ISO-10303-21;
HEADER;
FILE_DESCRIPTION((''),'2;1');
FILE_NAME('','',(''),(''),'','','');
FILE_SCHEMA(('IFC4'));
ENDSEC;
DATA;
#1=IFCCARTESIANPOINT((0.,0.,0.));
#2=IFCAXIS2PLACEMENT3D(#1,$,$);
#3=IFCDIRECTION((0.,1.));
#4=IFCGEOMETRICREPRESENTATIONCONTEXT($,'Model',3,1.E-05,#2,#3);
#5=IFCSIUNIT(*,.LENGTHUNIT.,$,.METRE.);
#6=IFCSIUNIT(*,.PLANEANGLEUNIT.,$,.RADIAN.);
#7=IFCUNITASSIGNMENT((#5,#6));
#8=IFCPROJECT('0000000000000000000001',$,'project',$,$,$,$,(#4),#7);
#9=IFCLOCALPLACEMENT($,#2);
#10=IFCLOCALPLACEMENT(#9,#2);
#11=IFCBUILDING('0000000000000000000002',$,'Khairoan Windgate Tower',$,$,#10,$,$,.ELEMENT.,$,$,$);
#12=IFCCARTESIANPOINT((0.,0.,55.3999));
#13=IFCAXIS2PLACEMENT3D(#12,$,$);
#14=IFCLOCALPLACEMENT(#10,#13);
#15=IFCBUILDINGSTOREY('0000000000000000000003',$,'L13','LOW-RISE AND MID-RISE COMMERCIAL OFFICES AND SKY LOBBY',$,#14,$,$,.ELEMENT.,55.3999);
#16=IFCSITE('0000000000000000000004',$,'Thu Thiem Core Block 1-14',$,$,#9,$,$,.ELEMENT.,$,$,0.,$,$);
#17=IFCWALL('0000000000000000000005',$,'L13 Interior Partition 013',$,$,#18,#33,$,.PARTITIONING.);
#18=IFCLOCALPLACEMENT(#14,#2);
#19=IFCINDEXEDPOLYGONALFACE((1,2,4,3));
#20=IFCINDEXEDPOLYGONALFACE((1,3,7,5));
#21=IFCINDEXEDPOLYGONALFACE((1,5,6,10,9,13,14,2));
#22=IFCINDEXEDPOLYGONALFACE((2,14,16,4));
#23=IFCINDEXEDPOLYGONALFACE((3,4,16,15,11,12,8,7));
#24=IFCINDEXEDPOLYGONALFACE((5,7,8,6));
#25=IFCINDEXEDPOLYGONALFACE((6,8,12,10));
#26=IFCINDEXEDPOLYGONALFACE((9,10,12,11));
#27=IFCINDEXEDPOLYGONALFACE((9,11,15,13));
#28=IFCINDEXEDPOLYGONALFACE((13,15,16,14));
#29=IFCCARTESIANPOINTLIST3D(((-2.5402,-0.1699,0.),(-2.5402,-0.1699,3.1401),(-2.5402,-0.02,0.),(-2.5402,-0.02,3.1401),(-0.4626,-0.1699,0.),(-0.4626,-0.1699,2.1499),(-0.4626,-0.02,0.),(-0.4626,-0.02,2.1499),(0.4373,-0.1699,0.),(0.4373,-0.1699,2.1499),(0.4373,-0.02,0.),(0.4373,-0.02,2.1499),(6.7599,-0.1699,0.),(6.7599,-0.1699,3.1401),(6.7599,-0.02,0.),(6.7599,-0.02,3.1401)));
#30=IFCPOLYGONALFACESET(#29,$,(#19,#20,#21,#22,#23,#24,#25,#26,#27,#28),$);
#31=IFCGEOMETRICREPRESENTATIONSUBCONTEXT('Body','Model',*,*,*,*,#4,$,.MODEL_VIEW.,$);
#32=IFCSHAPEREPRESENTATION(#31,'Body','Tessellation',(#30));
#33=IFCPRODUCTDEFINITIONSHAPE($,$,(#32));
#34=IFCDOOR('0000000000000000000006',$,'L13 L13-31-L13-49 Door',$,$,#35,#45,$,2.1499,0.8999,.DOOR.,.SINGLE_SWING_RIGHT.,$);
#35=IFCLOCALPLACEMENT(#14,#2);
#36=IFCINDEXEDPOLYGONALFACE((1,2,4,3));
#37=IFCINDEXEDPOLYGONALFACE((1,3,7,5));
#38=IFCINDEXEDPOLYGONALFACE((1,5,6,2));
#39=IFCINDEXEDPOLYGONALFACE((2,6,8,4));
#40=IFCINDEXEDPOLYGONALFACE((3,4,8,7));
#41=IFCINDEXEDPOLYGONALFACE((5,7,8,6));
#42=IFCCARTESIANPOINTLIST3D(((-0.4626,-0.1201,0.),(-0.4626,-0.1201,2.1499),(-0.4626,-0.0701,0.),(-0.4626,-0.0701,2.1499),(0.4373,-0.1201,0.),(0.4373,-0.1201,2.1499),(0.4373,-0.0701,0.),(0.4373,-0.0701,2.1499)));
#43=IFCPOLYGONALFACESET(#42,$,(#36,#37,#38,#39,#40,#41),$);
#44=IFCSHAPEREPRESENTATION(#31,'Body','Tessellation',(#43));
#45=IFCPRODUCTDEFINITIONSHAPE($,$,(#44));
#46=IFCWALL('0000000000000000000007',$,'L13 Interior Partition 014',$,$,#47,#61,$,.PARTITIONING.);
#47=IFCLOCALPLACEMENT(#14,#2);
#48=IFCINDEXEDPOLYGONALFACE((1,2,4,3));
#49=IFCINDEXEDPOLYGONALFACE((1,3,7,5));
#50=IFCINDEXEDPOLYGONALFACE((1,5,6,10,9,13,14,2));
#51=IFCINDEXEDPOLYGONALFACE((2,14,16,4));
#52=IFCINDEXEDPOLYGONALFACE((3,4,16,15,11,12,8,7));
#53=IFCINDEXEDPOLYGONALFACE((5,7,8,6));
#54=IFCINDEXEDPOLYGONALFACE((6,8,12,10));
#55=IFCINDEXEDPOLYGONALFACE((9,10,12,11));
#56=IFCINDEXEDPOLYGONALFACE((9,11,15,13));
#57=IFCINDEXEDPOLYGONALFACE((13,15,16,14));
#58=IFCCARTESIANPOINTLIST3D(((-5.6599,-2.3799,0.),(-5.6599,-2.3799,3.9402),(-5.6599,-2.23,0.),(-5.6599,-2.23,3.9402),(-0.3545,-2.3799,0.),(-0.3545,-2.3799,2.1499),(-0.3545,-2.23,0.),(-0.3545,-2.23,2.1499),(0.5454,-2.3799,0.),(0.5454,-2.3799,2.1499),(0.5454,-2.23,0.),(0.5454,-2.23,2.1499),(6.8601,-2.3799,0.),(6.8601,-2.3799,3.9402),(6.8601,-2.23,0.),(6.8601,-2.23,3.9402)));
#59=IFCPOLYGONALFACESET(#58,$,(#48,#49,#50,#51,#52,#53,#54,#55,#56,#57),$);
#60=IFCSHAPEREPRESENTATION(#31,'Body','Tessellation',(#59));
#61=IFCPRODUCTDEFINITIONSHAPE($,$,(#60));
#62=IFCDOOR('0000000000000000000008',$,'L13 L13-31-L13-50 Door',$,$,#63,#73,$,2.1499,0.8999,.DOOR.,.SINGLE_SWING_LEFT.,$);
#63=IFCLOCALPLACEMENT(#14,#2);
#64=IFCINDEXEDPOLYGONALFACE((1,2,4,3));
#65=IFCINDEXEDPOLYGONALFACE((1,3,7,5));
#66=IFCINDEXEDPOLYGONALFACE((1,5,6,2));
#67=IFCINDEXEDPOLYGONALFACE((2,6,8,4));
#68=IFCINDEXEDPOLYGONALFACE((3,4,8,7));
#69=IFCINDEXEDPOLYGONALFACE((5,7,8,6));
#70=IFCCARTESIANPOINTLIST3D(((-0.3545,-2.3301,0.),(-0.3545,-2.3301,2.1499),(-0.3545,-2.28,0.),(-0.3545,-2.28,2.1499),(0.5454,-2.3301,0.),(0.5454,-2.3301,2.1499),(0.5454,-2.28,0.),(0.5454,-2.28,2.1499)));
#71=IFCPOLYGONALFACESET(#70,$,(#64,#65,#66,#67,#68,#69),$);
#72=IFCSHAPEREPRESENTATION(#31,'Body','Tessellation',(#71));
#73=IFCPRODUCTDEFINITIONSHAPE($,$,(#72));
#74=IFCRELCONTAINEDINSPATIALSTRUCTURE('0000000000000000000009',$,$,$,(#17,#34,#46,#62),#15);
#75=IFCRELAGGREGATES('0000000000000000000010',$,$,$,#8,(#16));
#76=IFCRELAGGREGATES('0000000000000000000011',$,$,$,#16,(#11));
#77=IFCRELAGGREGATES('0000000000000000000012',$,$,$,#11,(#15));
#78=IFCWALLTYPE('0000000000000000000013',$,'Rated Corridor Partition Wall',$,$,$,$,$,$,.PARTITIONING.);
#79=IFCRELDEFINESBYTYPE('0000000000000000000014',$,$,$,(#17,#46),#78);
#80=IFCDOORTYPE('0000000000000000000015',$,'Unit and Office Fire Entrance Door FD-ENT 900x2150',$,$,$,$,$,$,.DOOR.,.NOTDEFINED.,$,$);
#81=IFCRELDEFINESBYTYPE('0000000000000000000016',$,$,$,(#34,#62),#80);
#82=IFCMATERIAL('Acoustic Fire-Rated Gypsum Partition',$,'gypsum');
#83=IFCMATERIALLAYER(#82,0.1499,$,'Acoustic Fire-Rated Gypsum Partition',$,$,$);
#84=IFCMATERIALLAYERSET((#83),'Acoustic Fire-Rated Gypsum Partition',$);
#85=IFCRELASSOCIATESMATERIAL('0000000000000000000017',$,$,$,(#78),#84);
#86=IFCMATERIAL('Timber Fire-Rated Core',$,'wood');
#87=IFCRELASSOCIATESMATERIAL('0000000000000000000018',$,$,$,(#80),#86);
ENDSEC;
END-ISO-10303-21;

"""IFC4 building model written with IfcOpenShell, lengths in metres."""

from ifc_helpers import new_model, si_unit, direction, frame, frame_2d, origin, place, context, subcontext, project, spatial, rectangle, extrude, material, layer, layer_set, type_object, element, fill, save


model = new_model("IFC4")

# Units and contexts
model_context = context("Model", 3, precision=1e-05, world=origin(), true_north=direction((0.0, 1.0)))
body_context = subcontext(model_context, "Body", "Model", "MODEL_VIEW")
ifc_project = project(units=[si_unit("LENGTHUNIT", "METRE"), si_unit("PLANEANGLEUNIT", "RADIAN")], contexts=[model_context])

# Site, building, storey
site_placement = place(None, origin())
site = spatial("IfcSite", under=ifc_project, at=site_placement, Name="Thu Thiem Core Block 1-14", CompositionType="ELEMENT", RefElevation=0.0)
building_placement = place(site_placement, origin())
building = spatial("IfcBuilding", under=site, at=building_placement, Name="Khairoan Windgate Tower", CompositionType="ELEMENT")
storey_placement = place(building_placement, frame((0.0, 0.0, 55.3999)))
storey = spatial("IfcBuildingStorey", under=building, at=storey_placement, Name="L13", Description="LOW-RISE AND MID-RISE COMMERCIAL OFFICES AND SKY LOBBY", CompositionType="ELEMENT", Elevation=55.3999)

# Walls, openings, doors
ifc_material_1 = material(Name="Acoustic Fire-Rated Gypsum Partition", Category="gypsum")
ifc_layer_1 = layer(ifc_material_1, 0.1499, Name="Acoustic Fire-Rated Gypsum Partition")
ifc_layer_set_1 = layer_set([ifc_layer_1], Name="Acoustic Fire-Rated Gypsum Partition")
wall_type_1 = type_object("IfcWallType", Name="Rated Corridor Partition Wall", PredefinedType="PARTITIONING", material=ifc_layer_set_1)
ifc_material_2 = material(Name="Timber Fire-Rated Core", Category="wood")
door_type = type_object("IfcDoorType", Name="Unit and Office Fire Entrance Door FD-ENT 900x2150", OperationType="NOTDEFINED", PredefinedType="DOOR", material=ifc_material_2)
wall_1_placement = place(storey_placement, frame((-2.54, -0.095, 0.0), z_axis=(0.0, 0.0, 1.0), x_axis=(1.0, 0.0, 0.0)))
wall_1 = element("IfcWall", 1, at=wall_1_placement, inside=storey, type_object=wall_type_1, Name="L13 Interior Partition 013", PredefinedType="PARTITIONING", context=body_context, shape_type="SweptSolid", body=[
    extrude(rectangle(XDim=9.3, YDim=0.1499, at=frame_2d((4.6499, 0.0))), origin(), (0.0, 0.0, 1.0), 3.1401),
])
opening_1_placement = place(wall_1_placement, frame((2.0774, 0.0, 0.0)))
opening_1 = element("IfcOpeningElement", 2, at=opening_1_placement, cuts=wall_1, PredefinedType="OPENING", context=body_context, shape_type="SweptSolid", body=[
    extrude(rectangle(XDim=0.8999, YDim=2.1499, at=frame_2d((0.45, 1.075))), frame((0.0, 0.085, 0.0), z_axis=(0.0, -1.0, 0.0), x_axis=(1.0, 0.0, 0.0)), (0.0, 0.0, 1.0), 0.1699),
])
door_1_placement = place(opening_1_placement, origin())
door_1 = element("IfcDoor", 3, at=door_1_placement, inside=storey, type_object=door_type, Name="L13 L13-31-L13-49 Door", OperationType="SINGLE_SWING_RIGHT", OverallHeight=2.1499, OverallWidth=0.8999, PredefinedType="DOOR", context=body_context, shape_type="SweptSolid", body=[
    extrude(rectangle(XDim=0.8999, YDim=2.1499, at=frame_2d((0.45, 1.075))), frame((0.0, 0.0249, 0.0), z_axis=(0.0, -1.0, 0.0), x_axis=(1.0, 0.0, 0.0)), (0.0, 0.0, 1.0), 0.05),
])
fill(opening_1, door_1)
wall_2_placement = place(storey_placement, frame((-5.6599, -2.3049, 0.0), z_axis=(0.0, 0.0, 1.0), x_axis=(1.0, 0.0, 0.0)))
wall_2 = element("IfcWall", 4, at=wall_2_placement, inside=storey, type_object=wall_type_1, Name="L13 Interior Partition 014", PredefinedType="PARTITIONING", context=body_context, shape_type="SweptSolid", body=[
    extrude(rectangle(XDim=12.52, YDim=0.1499, at=frame_2d((6.26, 0.0))), origin(), (0.0, 0.0, 1.0), 3.9402),
])
opening_2_placement = place(wall_2_placement, frame((5.3054, 0.0, 0.0)))
opening_2 = element("IfcOpeningElement", 5, at=opening_2_placement, cuts=wall_2, PredefinedType="OPENING", context=body_context, shape_type="SweptSolid", body=[
    extrude(rectangle(XDim=0.8999, YDim=2.1499, at=frame_2d((0.45, 1.075))), frame((0.0, 0.085, 0.0), z_axis=(0.0, -1.0, 0.0), x_axis=(1.0, 0.0, 0.0)), (0.0, 0.0, 1.0), 0.1699),
])
door_2_placement = place(opening_2_placement, origin())
door_2 = element("IfcDoor", 6, at=door_2_placement, inside=storey, type_object=door_type, Name="L13 L13-31-L13-50 Door", OperationType="SINGLE_SWING_LEFT", OverallHeight=2.1499, OverallWidth=0.8999, PredefinedType="DOOR", context=body_context, shape_type="SweptSolid", body=[
    extrude(rectangle(XDim=0.8999, YDim=2.1499, at=frame_2d((0.45, 1.075))), frame((0.0, 0.0249, 0.0), z_axis=(0.0, -1.0, 0.0), x_axis=(1.0, 0.0, 0.0)), (0.0, 0.0, 1.0), 0.05),
])
fill(opening_2, door_2)

save(model, "model.ifc")
